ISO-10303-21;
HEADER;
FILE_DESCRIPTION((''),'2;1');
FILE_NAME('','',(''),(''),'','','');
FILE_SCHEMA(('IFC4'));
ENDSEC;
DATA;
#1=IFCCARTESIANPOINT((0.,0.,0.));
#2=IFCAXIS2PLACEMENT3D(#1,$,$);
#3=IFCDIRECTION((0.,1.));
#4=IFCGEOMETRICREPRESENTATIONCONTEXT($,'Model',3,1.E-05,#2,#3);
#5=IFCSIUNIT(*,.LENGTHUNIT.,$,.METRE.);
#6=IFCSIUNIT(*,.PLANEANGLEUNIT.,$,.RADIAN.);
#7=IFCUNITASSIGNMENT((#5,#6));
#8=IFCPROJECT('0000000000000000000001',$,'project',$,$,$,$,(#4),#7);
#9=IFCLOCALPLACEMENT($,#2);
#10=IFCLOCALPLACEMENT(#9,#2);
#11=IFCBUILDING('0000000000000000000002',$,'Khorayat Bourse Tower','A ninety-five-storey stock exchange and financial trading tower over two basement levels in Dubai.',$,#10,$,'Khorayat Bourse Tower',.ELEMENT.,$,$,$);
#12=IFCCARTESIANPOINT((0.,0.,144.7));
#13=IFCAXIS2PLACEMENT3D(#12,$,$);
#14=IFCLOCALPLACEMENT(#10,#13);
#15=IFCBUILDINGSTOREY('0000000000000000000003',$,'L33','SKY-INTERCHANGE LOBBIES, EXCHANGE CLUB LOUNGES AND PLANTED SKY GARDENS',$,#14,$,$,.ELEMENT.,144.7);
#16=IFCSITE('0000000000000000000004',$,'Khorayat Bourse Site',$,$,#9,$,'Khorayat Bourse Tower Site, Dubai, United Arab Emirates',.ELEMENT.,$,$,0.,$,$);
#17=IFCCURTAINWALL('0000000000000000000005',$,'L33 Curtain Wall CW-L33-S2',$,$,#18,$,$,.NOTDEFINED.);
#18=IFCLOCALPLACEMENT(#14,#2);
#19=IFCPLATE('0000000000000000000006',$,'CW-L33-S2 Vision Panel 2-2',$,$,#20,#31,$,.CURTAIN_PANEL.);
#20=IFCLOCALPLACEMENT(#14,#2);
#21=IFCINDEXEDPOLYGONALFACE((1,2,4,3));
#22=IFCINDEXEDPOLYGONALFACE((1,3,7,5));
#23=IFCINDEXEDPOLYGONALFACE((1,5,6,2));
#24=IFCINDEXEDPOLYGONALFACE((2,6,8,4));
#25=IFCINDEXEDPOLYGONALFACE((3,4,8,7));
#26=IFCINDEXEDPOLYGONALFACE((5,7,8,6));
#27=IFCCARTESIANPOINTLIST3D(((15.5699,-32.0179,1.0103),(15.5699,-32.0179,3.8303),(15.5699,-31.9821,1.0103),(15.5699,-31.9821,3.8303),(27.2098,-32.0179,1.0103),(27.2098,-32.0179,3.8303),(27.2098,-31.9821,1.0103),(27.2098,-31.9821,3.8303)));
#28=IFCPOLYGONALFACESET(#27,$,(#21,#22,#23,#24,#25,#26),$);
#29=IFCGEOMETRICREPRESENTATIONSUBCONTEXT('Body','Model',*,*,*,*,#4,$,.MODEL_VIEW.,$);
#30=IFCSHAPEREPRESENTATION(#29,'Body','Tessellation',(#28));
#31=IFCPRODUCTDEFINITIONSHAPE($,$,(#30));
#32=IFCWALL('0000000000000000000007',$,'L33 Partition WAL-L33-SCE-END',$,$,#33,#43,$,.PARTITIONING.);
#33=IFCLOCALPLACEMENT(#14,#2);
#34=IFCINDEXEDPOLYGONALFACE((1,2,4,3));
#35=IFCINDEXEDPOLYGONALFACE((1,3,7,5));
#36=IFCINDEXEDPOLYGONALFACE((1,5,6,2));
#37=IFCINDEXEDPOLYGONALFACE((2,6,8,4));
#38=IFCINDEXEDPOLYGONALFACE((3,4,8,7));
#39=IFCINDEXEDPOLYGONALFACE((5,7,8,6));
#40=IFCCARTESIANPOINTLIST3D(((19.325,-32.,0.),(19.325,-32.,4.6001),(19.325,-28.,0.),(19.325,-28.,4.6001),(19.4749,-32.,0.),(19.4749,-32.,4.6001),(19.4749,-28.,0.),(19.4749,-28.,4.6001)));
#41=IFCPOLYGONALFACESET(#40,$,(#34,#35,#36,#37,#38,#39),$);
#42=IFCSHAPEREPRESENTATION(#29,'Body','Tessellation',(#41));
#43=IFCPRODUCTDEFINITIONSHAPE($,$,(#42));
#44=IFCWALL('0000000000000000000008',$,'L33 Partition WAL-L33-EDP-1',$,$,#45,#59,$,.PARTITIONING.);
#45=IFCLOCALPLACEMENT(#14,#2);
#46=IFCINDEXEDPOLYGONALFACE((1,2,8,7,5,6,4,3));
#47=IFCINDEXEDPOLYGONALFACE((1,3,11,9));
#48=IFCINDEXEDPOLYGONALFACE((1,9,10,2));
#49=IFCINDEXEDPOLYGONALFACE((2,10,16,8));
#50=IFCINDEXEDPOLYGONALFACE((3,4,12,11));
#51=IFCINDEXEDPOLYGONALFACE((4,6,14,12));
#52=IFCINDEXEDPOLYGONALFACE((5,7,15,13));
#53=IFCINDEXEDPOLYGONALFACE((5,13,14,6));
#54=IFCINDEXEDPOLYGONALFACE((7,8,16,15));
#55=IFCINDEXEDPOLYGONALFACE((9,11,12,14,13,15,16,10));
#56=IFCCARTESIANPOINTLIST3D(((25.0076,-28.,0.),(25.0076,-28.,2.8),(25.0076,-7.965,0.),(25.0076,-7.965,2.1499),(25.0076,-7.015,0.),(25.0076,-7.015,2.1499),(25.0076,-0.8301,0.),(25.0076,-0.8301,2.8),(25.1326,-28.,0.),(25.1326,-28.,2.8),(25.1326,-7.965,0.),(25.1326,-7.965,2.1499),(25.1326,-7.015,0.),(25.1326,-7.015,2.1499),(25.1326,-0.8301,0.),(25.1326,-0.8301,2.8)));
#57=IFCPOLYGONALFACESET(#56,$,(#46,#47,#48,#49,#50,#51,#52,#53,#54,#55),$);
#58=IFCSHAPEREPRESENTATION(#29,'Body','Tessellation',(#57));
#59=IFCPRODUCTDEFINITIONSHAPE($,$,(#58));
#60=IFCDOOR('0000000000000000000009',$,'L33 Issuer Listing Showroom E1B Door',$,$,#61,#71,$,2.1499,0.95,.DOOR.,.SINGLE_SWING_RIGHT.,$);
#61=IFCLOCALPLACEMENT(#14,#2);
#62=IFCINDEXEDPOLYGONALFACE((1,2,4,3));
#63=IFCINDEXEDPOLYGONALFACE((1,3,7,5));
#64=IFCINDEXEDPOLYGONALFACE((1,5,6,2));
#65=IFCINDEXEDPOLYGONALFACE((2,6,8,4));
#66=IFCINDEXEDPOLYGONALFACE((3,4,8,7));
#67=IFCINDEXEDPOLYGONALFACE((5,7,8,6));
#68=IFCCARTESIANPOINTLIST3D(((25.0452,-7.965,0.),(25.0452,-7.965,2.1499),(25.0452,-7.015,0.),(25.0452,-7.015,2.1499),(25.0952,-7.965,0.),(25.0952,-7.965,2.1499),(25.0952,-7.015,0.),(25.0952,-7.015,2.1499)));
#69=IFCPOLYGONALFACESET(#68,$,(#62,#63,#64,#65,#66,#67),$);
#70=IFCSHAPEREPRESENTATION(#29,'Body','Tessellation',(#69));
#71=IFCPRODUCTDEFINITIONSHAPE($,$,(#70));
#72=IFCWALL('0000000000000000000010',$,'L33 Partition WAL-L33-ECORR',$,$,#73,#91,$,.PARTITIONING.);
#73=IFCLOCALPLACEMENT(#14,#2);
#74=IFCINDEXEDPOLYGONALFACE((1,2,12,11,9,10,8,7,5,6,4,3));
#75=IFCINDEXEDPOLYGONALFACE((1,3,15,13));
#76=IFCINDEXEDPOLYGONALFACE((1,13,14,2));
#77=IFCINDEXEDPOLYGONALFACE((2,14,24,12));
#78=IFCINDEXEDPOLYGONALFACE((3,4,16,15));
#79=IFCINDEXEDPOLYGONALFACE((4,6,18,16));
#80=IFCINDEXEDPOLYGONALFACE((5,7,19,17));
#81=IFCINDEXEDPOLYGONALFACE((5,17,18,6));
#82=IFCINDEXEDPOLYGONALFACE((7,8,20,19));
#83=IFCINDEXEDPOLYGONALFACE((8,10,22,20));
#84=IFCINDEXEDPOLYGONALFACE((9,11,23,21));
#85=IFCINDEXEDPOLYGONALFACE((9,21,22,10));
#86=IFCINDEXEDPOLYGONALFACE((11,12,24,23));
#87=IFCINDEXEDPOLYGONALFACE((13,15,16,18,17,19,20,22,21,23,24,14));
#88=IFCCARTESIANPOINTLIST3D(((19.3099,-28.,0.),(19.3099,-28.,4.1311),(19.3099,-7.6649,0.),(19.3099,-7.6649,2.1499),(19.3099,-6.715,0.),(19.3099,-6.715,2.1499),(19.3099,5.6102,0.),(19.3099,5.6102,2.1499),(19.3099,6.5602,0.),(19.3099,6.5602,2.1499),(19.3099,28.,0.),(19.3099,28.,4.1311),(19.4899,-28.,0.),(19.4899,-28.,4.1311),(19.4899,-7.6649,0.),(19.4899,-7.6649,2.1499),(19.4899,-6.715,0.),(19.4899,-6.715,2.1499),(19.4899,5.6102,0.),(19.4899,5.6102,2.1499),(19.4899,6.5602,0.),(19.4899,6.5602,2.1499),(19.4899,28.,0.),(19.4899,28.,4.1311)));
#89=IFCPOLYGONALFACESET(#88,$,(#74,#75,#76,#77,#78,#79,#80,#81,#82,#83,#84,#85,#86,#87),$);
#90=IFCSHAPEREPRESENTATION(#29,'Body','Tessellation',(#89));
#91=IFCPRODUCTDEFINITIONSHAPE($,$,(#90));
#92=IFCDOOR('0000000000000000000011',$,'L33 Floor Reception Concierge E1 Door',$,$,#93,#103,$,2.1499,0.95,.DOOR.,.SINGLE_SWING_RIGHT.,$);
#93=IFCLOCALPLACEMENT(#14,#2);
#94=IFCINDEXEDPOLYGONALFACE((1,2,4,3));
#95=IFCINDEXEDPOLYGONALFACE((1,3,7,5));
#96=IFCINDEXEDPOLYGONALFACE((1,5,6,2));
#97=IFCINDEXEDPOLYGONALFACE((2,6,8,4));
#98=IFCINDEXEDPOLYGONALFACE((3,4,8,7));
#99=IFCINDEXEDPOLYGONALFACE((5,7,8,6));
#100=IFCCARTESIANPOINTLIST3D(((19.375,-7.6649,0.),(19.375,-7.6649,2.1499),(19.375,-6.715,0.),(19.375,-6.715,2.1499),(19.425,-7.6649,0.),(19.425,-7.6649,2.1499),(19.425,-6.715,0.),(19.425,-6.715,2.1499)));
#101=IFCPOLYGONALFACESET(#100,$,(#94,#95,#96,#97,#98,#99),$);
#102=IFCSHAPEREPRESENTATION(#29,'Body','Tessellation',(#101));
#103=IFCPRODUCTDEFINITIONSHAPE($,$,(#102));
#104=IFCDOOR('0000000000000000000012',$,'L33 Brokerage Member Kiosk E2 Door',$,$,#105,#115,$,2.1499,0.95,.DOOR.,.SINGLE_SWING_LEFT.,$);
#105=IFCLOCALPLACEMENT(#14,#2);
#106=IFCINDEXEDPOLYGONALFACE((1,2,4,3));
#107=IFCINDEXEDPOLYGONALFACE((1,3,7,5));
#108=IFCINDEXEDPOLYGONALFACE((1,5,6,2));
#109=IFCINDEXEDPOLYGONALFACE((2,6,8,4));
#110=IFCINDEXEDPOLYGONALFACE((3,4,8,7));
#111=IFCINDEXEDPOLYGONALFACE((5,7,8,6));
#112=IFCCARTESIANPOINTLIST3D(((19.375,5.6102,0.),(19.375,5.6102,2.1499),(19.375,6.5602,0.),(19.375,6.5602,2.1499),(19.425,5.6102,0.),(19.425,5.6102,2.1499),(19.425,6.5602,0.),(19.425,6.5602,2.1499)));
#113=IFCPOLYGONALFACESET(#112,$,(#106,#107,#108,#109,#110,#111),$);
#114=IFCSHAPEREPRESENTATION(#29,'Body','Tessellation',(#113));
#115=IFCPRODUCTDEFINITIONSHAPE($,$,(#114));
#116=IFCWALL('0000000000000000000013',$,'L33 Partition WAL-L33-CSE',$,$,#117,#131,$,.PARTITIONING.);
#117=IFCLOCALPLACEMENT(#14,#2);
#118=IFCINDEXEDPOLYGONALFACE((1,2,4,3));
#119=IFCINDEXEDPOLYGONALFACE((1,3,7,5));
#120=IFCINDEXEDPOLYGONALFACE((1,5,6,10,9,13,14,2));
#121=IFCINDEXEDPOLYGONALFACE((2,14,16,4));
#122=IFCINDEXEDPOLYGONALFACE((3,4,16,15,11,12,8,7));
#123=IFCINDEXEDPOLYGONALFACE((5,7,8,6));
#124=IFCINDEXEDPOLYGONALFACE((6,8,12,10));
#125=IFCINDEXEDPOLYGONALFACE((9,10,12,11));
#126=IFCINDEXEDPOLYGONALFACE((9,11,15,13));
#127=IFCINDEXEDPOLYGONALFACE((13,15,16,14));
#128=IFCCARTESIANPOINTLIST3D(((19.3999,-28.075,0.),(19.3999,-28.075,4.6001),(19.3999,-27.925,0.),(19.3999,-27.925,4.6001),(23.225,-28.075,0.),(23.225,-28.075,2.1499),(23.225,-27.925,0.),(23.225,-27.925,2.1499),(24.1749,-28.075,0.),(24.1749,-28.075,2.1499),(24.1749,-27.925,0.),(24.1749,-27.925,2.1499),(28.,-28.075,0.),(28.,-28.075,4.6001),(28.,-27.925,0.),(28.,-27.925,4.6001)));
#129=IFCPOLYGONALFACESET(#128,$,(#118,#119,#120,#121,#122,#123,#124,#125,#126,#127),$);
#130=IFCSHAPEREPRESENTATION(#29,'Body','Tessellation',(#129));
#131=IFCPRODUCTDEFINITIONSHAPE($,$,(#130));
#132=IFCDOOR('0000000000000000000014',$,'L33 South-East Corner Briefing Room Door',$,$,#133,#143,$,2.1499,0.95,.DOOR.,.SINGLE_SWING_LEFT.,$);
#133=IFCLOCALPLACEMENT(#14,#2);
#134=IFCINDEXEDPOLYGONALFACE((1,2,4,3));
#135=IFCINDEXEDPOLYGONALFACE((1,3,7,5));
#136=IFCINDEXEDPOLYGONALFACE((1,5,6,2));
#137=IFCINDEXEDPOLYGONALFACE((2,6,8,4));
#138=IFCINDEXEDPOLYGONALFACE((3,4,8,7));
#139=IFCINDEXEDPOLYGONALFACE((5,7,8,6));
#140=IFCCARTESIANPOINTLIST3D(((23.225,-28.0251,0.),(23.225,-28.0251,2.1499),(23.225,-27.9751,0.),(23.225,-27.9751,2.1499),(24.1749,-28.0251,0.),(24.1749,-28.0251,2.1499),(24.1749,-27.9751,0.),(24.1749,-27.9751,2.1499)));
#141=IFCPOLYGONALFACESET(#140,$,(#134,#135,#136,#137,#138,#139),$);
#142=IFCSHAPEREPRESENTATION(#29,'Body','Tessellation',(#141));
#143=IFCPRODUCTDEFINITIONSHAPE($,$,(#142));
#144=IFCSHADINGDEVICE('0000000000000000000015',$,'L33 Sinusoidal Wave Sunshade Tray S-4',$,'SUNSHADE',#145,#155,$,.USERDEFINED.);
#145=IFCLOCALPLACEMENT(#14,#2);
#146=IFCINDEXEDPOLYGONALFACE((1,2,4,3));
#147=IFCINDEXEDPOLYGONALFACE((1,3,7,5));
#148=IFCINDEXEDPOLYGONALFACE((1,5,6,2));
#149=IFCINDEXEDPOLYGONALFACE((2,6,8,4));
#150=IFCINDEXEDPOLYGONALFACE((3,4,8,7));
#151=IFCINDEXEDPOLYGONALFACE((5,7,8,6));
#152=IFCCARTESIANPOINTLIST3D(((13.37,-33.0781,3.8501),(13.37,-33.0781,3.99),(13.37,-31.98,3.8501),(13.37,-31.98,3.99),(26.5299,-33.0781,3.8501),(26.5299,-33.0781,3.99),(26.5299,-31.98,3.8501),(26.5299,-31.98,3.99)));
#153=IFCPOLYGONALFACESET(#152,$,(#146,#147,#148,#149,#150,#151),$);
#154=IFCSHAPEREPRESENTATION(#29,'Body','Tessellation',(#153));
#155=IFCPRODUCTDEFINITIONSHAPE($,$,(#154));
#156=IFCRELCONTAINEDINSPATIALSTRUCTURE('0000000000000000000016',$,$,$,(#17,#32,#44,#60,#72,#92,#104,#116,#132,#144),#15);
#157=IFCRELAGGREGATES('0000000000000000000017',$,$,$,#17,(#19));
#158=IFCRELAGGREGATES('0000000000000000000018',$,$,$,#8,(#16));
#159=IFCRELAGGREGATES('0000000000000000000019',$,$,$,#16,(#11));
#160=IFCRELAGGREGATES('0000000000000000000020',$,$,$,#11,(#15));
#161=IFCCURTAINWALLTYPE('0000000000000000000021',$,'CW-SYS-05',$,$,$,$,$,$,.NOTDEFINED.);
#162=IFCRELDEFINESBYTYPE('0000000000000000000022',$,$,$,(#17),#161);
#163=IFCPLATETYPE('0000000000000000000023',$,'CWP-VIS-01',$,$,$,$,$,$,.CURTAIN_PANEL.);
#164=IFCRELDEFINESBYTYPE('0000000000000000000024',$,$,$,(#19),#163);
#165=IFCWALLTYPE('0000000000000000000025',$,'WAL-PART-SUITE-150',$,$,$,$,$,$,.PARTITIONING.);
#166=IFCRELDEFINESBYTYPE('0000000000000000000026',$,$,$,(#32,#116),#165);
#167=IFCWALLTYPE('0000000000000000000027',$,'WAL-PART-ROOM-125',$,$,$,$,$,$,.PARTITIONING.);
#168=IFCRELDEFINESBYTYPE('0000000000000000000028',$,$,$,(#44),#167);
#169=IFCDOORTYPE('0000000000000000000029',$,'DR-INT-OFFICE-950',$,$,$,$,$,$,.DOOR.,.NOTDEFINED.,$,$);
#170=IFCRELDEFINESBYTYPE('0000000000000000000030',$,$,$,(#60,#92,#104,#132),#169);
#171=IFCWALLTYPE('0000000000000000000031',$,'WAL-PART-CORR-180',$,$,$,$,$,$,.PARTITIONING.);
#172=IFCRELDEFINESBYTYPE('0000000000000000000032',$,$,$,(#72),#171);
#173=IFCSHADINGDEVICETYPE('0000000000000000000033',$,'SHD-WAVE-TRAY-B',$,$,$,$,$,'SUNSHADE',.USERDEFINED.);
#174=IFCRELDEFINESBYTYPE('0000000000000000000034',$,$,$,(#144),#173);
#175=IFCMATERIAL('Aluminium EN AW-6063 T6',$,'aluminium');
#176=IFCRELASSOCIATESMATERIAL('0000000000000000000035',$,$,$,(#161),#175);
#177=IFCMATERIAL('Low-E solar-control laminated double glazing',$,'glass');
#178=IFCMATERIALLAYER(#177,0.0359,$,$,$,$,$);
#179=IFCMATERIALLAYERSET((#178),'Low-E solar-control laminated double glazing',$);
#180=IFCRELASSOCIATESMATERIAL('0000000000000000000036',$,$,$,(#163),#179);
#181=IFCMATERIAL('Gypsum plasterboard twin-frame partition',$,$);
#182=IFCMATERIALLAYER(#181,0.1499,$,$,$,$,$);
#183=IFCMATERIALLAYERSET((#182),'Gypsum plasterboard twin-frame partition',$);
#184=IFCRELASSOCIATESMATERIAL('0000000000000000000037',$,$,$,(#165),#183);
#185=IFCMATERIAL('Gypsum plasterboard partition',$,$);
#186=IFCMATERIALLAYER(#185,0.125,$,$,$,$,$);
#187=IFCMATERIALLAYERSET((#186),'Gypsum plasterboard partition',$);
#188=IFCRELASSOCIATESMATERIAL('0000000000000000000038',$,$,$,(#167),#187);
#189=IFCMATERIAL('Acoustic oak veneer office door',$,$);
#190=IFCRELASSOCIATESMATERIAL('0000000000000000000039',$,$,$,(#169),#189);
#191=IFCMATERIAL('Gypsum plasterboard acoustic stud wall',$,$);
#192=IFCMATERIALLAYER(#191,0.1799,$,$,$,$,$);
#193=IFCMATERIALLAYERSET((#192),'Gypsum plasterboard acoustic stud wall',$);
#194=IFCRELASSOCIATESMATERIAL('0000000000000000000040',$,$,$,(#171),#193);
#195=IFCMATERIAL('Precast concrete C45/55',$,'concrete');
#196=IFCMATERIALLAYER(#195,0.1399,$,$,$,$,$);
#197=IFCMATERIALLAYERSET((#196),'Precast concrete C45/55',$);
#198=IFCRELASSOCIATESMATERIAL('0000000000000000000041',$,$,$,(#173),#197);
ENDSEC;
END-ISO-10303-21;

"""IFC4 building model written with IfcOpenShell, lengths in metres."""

from ifc_helpers import new_model, si_unit, direction, frame, frame_2d, origin, origin_2d, place, context, subcontext, project, spatial, rectangle, extrude, source, transform, mapped, material, layer, layer_set, type_object, element, fill, aggregate, save


model = new_model("IFC4")

# Units and contexts
model_context = context("Model", 3, precision=1e-05, world=origin(), true_north=direction((0.0, 1.0)))
body_context = subcontext(model_context, "Body", "Model", "MODEL_VIEW")
ifc_project = project(units=[si_unit("LENGTHUNIT", "METRE"), si_unit("PLANEANGLEUNIT", "RADIAN")], contexts=[model_context])

# Site, building, storey
site_placement = place(None, origin())
site = spatial("IfcSite", under=ifc_project, at=site_placement, Name="Khorayat Bourse Site", LongName="Khorayat Bourse Tower Site, Dubai, United Arab Emirates", CompositionType="ELEMENT", RefElevation=0.0)
building_placement = place(site_placement, origin())
building = spatial("IfcBuilding", under=site, at=building_placement, Name="Khorayat Bourse Tower", Description="A ninety-five-storey stock exchange and financial trading tower over two basement levels in Dubai.", LongName="Khorayat Bourse Tower", CompositionType="ELEMENT")
storey_placement = place(building_placement, frame((0.0, 0.0, 144.7)))
storey = spatial("IfcBuildingStorey", under=building, at=storey_placement, Name="L33", Description="SKY-INTERCHANGE LOBBIES, EXCHANGE CLUB LOUNGES AND PLANTED SKY GARDENS", CompositionType="ELEMENT", Elevation=144.7)

# Curtain wall
ifc_material_1 = material(Name="Aluminium EN AW-6063 T6", Category="aluminium")
curtain_wall_type = type_object("IfcCurtainWallType", Name="CW-SYS-05", PredefinedType="NOTDEFINED", material=ifc_material_1)
curtain_wall_placement = place(storey_placement, origin())
curtain_wall = element("IfcCurtainWall", 1, at=curtain_wall_placement, inside=storey, type_object=curtain_wall_type, Name="L33 Curtain Wall CW-L33-S2", PredefinedType="NOTDEFINED")

# Plate
ifc_material_2 = material(Name="Low-E solar-control laminated double glazing", Category="glass")
ifc_layer_1 = layer(ifc_material_2, 0.0359)
ifc_layer_set_1 = layer_set([ifc_layer_1], Name="Low-E solar-control laminated double glazing")
plate_type_1 = type_object("IfcPlateType", Name="CWP-VIS-01", PredefinedType="CURTAIN_PANEL", material=ifc_layer_set_1)
shared_shape_1 = source(origin(), body_context, "Body", "SweptSolid", [
    extrude(rectangle(XDim=11.6399, YDim=0.0359, at=origin_2d()), origin(), (0.0, 0.0, 1.0), 2.8201),
])
plate_1_placement = place(storey_placement, frame((21.3899, -32.0, 1.0103), z_axis=(0.0, 0.0, 1.0), x_axis=(1.0, 0.0, 0.0)))
plate_1 = element("IfcPlate", 2, at=plate_1_placement, type_object=plate_type_1, Name="CW-L33-S2 Vision Panel 2-2", PredefinedType="CURTAIN_PANEL", context=body_context, shape_type="MappedRepresentation", body=[
    mapped(shared_shape_1, transform((0.0, 0.0, 0.0), scale=1.0)),
])
aggregate(curtain_wall, [plate_1])

# Wall
ifc_material_3 = material(Name="Gypsum plasterboard twin-frame partition")
ifc_layer_2 = layer(ifc_material_3, 0.1499)
ifc_layer_set_2 = layer_set([ifc_layer_2], Name="Gypsum plasterboard twin-frame partition")
wall_type_1 = type_object("IfcWallType", Name="WAL-PART-SUITE-150", PredefinedType="PARTITIONING", material=ifc_layer_set_2)
shared_shape_2 = source(origin(), body_context, "Body", "SweptSolid", [
    extrude(rectangle(XDim=4.0, YDim=0.1499, at=frame_2d((2.0, 0.0))), origin(), (0.0, 0.0, 1.0), 4.6001),
])
wall_1_placement = place(storey_placement, frame((19.3999, -32.0, 0.0), z_axis=(0.0, 0.0, 1.0), x_axis=(0.0, 1.0, 0.0)))
element("IfcWall", 3, at=wall_1_placement, inside=storey, type_object=wall_type_1, Name="L33 Partition WAL-L33-SCE-END", PredefinedType="PARTITIONING", context=body_context, shape_type="MappedRepresentation", body=[
    mapped(shared_shape_2, transform((0.0, 0.0, 0.0), scale=1.0)),
])

# Wall, opening, door
ifc_material_4 = material(Name="Gypsum plasterboard partition")
ifc_layer_3 = layer(ifc_material_4, 0.125)
ifc_layer_set_3 = layer_set([ifc_layer_3], Name="Gypsum plasterboard partition")
wall_type_2 = type_object("IfcWallType", Name="WAL-PART-ROOM-125", PredefinedType="PARTITIONING", material=ifc_layer_set_3)
shared_shape_3 = source(origin(), body_context, "Body", "SweptSolid", [
    extrude(rectangle(XDim=27.1699, YDim=0.125, at=frame_2d((13.585, 0.0))), origin(), (0.0, 0.0, 1.0), 2.8),
])
wall_2_placement = place(storey_placement, frame((25.0701, -28.0, 0.0), z_axis=(0.0, 0.0, 1.0), x_axis=(0.0, 1.0, 0.0)))
wall_2 = element("IfcWall", 4, at=wall_2_placement, inside=storey, type_object=wall_type_2, Name="L33 Partition WAL-L33-EDP-1", PredefinedType="PARTITIONING", context=body_context, shape_type="MappedRepresentation", body=[
    mapped(shared_shape_3, transform((0.0, 0.0, 0.0), scale=1.0)),
])
shared_shape_4 = source(origin(), body_context, "Body", "SweptSolid", [
    extrude(rectangle(XDim=0.95, YDim=2.1499, at=frame_2d((0.4751, 1.075))), frame((0.0, 0.0725, 0.0), z_axis=(0.0, -1.0, 0.0), x_axis=(1.0, 0.0, 0.0)), (0.0, 0.0, 1.0), 0.145),
])
opening_1_placement = place(wall_2_placement, frame((20.0349, 0.0, 0.0)))
opening_1 = element("IfcOpeningElement", 5, at=opening_1_placement, cuts=wall_2, PredefinedType="OPENING", context=body_context, shape_type="MappedRepresentation", body=[
    mapped(shared_shape_4, transform((0.0, 0.0, 0.0), scale=1.0)),
])
ifc_material_5 = material(Name="Acoustic oak veneer office door")
door_type = type_object("IfcDoorType", Name="DR-INT-OFFICE-950", OperationType="NOTDEFINED", PredefinedType="DOOR", material=ifc_material_5)
shared_shape_5 = source(origin(), body_context, "Body", "SweptSolid", [
    extrude(rectangle(XDim=0.95, YDim=2.1499, at=frame_2d((0.4751, 1.075))), frame((0.0, 0.0249, 0.0), z_axis=(0.0, -1.0, 0.0), x_axis=(1.0, 0.0, 0.0)), (0.0, 0.0, 1.0), 0.05),
])
door_1_placement = place(opening_1_placement, origin())
door_1 = element("IfcDoor", 6, at=door_1_placement, inside=storey, type_object=door_type, Name="L33 Issuer Listing Showroom E1B Door", OperationType="SINGLE_SWING_RIGHT", OverallHeight=2.1499, OverallWidth=0.95, PredefinedType="DOOR", context=body_context, shape_type="MappedRepresentation", body=[
    mapped(shared_shape_5, transform((0.0, 0.0, 0.0), scale=1.0)),
])
fill(opening_1, door_1)

# Wall, openings, doors
ifc_material_6 = material(Name="Gypsum plasterboard acoustic stud wall")
ifc_layer_4 = layer(ifc_material_6, 0.1799)
ifc_layer_set_4 = layer_set([ifc_layer_4], Name="Gypsum plasterboard acoustic stud wall")
wall_type_3 = type_object("IfcWallType", Name="WAL-PART-CORR-180", PredefinedType="PARTITIONING", material=ifc_layer_set_4)
shared_shape_6 = source(origin(), body_context, "Body", "SweptSolid", [
    extrude(rectangle(XDim=56.0, YDim=0.1799, at=frame_2d((28.0, 0.0))), origin(), (0.0, 0.0, 1.0), 4.1311),
])
wall_3_placement = place(storey_placement, frame((19.3999, -28.0, 0.0), z_axis=(0.0, 0.0, 1.0), x_axis=(0.0, 1.0, 0.0)))
wall_3 = element("IfcWall", 7, at=wall_3_placement, inside=storey, type_object=wall_type_3, Name="L33 Partition WAL-L33-ECORR", PredefinedType="PARTITIONING", context=body_context, shape_type="MappedRepresentation", body=[
    mapped(shared_shape_6, transform((0.0, 0.0, 0.0), scale=1.0)),
])
shared_shape_7 = source(origin(), body_context, "Body", "SweptSolid", [
    extrude(rectangle(XDim=0.95, YDim=2.1499, at=frame_2d((0.4751, 1.075))), frame((0.0, 0.0999, 0.0), z_axis=(0.0, -1.0, 0.0), x_axis=(1.0, 0.0, 0.0)), (0.0, 0.0, 1.0), 0.2),
])
opening_2_placement = place(wall_3_placement, frame((20.335, 0.0, 0.0)))
opening_2 = element("IfcOpeningElement", 8, at=opening_2_placement, cuts=wall_3, PredefinedType="OPENING", context=body_context, shape_type="MappedRepresentation", body=[
    mapped(shared_shape_7, transform((0.0, 0.0, 0.0), scale=1.0)),
])
opening_3_placement = place(wall_3_placement, frame((33.6101, 0.0, 0.0)))
opening_3 = element("IfcOpeningElement", 9, at=opening_3_placement, cuts=wall_3, PredefinedType="OPENING", context=body_context, shape_type="MappedRepresentation", body=[
    mapped(shared_shape_7, transform((0.0, 0.0, 0.0), scale=1.0)),
])
door_2_placement = place(opening_2_placement, origin())
door_2 = element("IfcDoor", 10, at=door_2_placement, inside=storey, type_object=door_type, Name="L33 Floor Reception Concierge E1 Door", OperationType="SINGLE_SWING_RIGHT", OverallHeight=2.1499, OverallWidth=0.95, PredefinedType="DOOR", context=body_context, shape_type="MappedRepresentation", body=[
    mapped(shared_shape_5, transform((0.0, 0.0, 0.0), scale=1.0)),
])
fill(opening_2, door_2)
door_3_placement = place(opening_3_placement, origin())
door_3 = element("IfcDoor", 11, at=door_3_placement, inside=storey, type_object=door_type, Name="L33 Brokerage Member Kiosk E2 Door", OperationType="SINGLE_SWING_LEFT", OverallHeight=2.1499, OverallWidth=0.95, PredefinedType="DOOR", context=body_context, shape_type="MappedRepresentation", body=[
    mapped(shared_shape_5, transform((0.0, 0.0, 0.0), scale=1.0)),
])
fill(opening_3, door_3)

# Wall, opening, door
shared_shape_8 = source(origin(), body_context, "Body", "SweptSolid", [
    extrude(rectangle(XDim=8.6001, YDim=0.1499, at=frame_2d((4.3, 0.0))), origin(), (0.0, 0.0, 1.0), 4.6001),
])
wall_4_placement = place(storey_placement, frame((19.3999, -28.0, 0.0), z_axis=(0.0, 0.0, 1.0), x_axis=(1.0, 0.0, 0.0)))
wall_4 = element("IfcWall", 12, at=wall_4_placement, inside=storey, type_object=wall_type_1, Name="L33 Partition WAL-L33-CSE", PredefinedType="PARTITIONING", context=body_context, shape_type="MappedRepresentation", body=[
    mapped(shared_shape_8, transform((0.0, 0.0, 0.0), scale=1.0)),
])
shared_shape_9 = source(origin(), body_context, "Body", "SweptSolid", [
    extrude(rectangle(XDim=0.95, YDim=2.1499, at=frame_2d((0.4751, 1.075))), frame((0.0, 0.085, 0.0), z_axis=(0.0, -1.0, 0.0), x_axis=(1.0, 0.0, 0.0)), (0.0, 0.0, 1.0), 0.1699),
])
opening_4_placement = place(wall_4_placement, frame((3.825, 0.0, 0.0)))
opening_4 = element("IfcOpeningElement", 13, at=opening_4_placement, cuts=wall_4, PredefinedType="OPENING", context=body_context, shape_type="MappedRepresentation", body=[
    mapped(shared_shape_9, transform((0.0, 0.0, 0.0), scale=1.0)),
])
door_4_placement = place(opening_4_placement, origin())
door_4 = element("IfcDoor", 14, at=door_4_placement, inside=storey, type_object=door_type, Name="L33 South-East Corner Briefing Room Door", OperationType="SINGLE_SWING_LEFT", OverallHeight=2.1499, OverallWidth=0.95, PredefinedType="DOOR", context=body_context, shape_type="MappedRepresentation", body=[
    mapped(shared_shape_5, transform((0.0, 0.0, 0.0), scale=1.0)),
])
fill(opening_4, door_4)

# Shading device
ifc_material_7 = material(Name="Precast concrete C45/55", Category="concrete")
ifc_layer_5 = layer(ifc_material_7, 0.1399)
ifc_layer_set_5 = layer_set([ifc_layer_5], Name="Precast concrete C45/55")
shading_device_type = type_object("IfcShadingDeviceType", Name="SHD-WAVE-TRAY-B", ElementType="SUNSHADE", PredefinedType="USERDEFINED", material=ifc_layer_set_5)
shared_shape_10 = source(origin(), body_context, "Body", "SweptSolid", [
    extrude(rectangle(XDim=13.1599, YDim=1.0981, at=origin_2d()), origin(), (0.0, 0.0, 1.0), 0.1399),
])
shading_device_placement = place(storey_placement, frame((19.95, -32.5291, 3.8501), z_axis=(0.0, 0.0, 1.0), x_axis=(1.0, 0.0, 0.0)))
element("IfcShadingDevice", 15, at=shading_device_placement, inside=storey, type_object=shading_device_type, Name="L33 Sinusoidal Wave Sunshade Tray S-4", ObjectType="SUNSHADE", PredefinedType="USERDEFINED", context=body_context, shape_type="MappedRepresentation", body=[
    mapped(shared_shape_10, transform((0.0, 0.0, 0.0), scale=1.0)),
])

save(model, "model.ifc")
